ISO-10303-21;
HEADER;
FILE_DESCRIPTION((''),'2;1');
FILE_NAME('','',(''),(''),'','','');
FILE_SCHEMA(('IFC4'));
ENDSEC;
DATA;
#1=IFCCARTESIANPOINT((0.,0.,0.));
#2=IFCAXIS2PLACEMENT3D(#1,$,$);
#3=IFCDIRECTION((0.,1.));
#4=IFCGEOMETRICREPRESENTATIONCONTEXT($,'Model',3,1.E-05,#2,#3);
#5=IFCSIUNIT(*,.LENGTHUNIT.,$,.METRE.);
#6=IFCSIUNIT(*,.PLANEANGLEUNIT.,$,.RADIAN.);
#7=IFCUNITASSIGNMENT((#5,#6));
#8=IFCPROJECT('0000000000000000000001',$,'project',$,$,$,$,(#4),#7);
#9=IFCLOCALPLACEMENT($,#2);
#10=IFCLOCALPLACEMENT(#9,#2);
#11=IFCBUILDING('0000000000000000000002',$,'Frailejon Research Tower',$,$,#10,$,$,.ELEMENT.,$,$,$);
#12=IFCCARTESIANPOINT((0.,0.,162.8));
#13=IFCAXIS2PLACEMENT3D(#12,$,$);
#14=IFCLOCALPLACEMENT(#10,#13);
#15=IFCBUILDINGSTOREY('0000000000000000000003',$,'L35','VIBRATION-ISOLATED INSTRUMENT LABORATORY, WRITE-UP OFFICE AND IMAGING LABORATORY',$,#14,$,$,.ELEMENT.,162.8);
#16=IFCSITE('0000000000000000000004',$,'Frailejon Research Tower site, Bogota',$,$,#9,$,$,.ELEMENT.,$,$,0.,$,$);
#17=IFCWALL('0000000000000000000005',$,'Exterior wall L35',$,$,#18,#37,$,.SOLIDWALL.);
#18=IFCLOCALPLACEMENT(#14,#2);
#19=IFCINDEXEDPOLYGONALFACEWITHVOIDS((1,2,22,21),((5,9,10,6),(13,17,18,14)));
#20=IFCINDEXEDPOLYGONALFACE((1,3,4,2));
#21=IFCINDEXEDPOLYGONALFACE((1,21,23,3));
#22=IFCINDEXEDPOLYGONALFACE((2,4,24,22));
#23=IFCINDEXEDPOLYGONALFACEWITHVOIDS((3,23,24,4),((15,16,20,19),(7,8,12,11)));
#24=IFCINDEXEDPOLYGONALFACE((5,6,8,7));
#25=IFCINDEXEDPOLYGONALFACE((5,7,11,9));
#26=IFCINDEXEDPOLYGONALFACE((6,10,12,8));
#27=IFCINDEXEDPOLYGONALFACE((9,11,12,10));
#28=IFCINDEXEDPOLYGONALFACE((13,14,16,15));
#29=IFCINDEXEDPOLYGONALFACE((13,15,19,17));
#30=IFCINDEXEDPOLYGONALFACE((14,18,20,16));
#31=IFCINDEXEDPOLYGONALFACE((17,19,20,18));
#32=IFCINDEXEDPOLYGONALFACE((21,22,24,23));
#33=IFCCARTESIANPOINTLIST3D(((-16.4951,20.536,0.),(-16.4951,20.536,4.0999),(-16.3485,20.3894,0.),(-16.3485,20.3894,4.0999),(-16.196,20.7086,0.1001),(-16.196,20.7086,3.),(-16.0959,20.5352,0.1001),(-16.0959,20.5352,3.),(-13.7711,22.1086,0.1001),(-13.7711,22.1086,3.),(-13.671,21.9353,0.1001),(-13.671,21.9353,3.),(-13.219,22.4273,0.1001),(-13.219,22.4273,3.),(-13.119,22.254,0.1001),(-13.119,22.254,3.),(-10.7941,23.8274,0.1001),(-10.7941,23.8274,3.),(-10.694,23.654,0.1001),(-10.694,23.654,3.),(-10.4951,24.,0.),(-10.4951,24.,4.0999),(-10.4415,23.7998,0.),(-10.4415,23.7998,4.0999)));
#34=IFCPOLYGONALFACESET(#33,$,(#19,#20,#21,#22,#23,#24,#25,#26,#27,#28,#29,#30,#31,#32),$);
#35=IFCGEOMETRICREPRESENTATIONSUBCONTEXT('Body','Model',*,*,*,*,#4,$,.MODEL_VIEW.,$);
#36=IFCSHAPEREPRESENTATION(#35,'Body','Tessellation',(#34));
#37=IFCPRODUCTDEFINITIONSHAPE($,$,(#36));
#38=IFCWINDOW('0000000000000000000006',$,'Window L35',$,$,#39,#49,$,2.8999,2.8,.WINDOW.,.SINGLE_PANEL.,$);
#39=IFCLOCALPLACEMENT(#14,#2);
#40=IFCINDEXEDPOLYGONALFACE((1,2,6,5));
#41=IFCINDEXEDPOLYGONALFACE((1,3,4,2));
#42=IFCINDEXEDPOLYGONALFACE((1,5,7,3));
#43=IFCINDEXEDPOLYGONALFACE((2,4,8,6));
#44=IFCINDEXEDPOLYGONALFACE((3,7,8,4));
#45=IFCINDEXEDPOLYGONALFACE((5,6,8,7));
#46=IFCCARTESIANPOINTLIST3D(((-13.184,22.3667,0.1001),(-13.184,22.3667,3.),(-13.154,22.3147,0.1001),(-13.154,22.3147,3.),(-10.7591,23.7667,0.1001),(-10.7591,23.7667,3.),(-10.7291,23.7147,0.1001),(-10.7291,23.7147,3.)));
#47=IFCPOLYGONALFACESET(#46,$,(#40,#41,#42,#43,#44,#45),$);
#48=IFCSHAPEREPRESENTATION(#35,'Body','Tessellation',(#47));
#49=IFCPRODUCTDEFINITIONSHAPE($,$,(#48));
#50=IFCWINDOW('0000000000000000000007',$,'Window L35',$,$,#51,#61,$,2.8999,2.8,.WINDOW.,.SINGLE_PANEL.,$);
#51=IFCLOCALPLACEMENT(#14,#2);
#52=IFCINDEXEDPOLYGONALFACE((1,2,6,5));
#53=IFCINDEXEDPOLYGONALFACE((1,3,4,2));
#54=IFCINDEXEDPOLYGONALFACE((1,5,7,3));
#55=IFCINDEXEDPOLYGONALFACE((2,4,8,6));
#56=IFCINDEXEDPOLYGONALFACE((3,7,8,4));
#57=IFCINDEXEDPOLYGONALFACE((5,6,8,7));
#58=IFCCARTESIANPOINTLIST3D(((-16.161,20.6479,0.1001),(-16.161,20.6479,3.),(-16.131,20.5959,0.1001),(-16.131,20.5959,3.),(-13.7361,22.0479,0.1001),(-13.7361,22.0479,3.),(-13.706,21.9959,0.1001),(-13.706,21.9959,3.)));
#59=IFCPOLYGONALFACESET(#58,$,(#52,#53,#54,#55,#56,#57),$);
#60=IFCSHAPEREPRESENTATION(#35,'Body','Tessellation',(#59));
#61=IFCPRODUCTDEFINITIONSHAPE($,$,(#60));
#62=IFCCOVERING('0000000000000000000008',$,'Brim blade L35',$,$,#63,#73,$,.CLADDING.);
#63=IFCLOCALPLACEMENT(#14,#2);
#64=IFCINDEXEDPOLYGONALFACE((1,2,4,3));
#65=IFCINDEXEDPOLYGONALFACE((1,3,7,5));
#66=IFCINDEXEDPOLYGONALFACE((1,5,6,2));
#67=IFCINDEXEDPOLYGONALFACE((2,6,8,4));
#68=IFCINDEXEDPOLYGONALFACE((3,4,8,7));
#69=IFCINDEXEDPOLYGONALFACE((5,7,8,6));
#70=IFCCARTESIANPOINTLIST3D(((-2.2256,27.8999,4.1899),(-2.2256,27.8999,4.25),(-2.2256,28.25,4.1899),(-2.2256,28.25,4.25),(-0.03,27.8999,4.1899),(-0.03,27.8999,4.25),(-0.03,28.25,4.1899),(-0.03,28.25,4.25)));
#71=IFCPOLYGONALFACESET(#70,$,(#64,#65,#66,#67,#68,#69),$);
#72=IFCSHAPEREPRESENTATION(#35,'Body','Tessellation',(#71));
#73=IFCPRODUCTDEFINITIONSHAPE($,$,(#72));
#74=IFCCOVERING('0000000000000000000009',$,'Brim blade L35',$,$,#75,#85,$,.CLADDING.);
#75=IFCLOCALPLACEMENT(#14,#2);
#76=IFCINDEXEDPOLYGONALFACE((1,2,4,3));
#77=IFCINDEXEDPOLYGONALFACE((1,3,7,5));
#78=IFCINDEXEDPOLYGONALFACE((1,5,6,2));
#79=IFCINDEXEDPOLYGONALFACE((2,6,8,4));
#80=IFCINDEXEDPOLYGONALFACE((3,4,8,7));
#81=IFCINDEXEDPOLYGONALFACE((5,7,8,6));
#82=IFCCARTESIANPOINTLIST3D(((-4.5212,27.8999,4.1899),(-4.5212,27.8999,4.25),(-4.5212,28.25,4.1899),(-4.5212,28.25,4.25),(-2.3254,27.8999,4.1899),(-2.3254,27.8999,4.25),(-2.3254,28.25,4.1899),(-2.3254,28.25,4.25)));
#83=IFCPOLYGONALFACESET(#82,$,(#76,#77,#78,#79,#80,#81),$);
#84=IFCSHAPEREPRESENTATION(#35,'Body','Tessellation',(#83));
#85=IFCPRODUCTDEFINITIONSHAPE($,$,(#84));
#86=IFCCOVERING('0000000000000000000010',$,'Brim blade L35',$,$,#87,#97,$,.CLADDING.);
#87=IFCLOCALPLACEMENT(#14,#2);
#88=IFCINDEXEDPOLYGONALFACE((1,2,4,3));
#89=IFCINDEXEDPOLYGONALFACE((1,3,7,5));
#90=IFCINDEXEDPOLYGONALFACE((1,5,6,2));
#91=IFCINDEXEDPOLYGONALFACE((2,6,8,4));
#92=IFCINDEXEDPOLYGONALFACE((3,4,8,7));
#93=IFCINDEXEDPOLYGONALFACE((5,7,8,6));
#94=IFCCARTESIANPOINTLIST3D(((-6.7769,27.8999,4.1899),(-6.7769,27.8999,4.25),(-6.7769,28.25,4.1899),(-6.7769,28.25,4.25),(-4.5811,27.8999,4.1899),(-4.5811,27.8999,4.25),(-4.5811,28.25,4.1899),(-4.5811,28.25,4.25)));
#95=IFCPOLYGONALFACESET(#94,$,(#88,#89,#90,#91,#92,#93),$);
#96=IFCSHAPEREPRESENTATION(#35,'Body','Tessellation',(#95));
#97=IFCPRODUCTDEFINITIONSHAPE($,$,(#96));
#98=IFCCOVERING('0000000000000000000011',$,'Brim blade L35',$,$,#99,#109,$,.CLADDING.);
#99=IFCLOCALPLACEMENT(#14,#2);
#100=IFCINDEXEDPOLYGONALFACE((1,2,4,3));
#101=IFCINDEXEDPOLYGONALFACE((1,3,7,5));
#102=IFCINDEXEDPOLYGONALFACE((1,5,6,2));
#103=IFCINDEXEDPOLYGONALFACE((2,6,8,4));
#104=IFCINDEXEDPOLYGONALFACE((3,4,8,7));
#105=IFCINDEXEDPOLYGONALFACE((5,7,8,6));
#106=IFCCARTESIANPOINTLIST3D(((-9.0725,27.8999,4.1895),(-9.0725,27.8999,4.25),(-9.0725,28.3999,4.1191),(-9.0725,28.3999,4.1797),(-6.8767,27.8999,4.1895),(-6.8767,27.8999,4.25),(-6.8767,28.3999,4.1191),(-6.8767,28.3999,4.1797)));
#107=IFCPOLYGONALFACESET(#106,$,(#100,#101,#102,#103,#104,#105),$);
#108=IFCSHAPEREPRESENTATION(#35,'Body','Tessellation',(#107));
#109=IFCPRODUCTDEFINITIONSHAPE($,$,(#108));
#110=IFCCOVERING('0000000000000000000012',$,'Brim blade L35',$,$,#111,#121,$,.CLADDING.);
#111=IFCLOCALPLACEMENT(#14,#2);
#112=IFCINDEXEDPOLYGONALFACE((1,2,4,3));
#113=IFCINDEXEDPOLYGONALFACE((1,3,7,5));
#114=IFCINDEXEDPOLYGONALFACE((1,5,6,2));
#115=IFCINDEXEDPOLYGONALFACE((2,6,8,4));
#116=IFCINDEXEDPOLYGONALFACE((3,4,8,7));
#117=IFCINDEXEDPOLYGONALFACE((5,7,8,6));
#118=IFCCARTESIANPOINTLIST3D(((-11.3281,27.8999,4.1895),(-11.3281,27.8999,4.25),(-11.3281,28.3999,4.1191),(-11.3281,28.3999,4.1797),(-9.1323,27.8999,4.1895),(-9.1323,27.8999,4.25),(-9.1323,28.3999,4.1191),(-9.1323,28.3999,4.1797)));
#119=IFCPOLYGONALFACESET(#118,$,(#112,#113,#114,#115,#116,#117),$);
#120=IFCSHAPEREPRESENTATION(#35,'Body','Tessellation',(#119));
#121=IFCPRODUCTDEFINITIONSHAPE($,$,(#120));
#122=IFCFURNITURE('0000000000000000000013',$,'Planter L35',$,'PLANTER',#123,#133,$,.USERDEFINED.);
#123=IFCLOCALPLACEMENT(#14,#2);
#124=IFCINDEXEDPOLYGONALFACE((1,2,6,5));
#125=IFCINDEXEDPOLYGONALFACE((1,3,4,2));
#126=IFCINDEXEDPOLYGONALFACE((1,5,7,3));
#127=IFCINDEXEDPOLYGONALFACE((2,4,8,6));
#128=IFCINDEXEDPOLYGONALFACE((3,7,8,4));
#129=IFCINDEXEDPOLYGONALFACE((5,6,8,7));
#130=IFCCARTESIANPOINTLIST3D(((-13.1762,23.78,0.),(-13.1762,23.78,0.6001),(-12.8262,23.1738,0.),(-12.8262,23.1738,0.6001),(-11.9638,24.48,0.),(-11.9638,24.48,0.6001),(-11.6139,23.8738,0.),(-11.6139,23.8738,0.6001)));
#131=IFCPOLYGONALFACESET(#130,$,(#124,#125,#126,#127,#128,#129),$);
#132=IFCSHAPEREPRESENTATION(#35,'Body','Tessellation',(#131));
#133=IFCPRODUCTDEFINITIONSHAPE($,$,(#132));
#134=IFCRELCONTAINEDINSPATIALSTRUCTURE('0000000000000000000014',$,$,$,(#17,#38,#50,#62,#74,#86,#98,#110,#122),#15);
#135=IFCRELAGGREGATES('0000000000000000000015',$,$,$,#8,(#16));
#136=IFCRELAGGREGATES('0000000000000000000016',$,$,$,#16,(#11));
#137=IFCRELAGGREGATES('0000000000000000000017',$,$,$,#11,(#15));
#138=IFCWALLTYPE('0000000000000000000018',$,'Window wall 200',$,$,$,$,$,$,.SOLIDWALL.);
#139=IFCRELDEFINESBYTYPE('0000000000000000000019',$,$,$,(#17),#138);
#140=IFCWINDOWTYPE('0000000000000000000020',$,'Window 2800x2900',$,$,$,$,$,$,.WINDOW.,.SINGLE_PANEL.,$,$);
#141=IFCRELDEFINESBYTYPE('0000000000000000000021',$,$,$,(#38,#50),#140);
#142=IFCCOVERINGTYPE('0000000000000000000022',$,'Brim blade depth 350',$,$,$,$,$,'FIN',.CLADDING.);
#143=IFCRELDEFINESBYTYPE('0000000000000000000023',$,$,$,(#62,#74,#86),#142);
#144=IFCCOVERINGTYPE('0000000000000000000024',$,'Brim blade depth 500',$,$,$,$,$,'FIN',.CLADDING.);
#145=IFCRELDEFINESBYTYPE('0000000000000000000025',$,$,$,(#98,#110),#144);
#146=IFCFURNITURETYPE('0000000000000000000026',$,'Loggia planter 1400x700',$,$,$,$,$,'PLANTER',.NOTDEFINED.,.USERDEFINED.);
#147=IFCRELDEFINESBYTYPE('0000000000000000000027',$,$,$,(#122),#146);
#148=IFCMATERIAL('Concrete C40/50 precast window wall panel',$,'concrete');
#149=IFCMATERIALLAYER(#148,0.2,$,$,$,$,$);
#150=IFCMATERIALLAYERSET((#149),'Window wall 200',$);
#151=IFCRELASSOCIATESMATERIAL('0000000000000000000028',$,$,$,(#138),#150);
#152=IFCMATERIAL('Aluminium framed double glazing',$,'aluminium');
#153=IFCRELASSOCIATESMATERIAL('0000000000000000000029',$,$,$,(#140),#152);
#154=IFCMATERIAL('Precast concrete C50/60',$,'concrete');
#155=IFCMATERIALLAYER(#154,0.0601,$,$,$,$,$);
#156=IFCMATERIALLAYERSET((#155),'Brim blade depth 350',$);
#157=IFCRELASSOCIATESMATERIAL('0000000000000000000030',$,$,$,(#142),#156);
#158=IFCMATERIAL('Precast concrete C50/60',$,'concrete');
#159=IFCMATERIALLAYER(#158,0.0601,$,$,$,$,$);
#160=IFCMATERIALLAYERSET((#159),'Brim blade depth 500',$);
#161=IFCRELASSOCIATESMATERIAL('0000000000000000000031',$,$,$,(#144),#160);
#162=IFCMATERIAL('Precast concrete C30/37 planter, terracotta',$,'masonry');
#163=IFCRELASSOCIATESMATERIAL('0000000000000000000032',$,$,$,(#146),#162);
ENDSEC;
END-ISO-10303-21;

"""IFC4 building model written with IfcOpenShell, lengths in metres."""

from ifc_helpers import new_model, si_unit, direction, frame, frame_2d, origin, origin_2d, place, context, subcontext, project, spatial, polyline, rectangle, outline, extrude, material, layer, layer_set, type_object, element, fill, save


model = new_model("IFC4")

# Units and contexts
model_context = context("Model", 3, precision=1e-05, world=origin(), true_north=direction((0.0, 1.0)))
body_context = subcontext(model_context, "Body", "Model", "MODEL_VIEW")
ifc_project = project(units=[si_unit("LENGTHUNIT", "METRE"), si_unit("PLANEANGLEUNIT", "RADIAN")], contexts=[model_context])

# Site, building, storey
site_placement = place(None, origin())
site = spatial("IfcSite", under=ifc_project, at=site_placement, Name="Frailejon Research Tower site, Bogota", CompositionType="ELEMENT", RefElevation=0.0)
building_placement = place(site_placement, origin())
building = spatial("IfcBuilding", under=site, at=building_placement, Name="Frailejon Research Tower", CompositionType="ELEMENT")
storey_placement = place(building_placement, frame((0.0, 0.0, 162.8)))
storey = spatial("IfcBuildingStorey", under=building, at=storey_placement, Name="L35", Description="VIBRATION-ISOLATED INSTRUMENT LABORATORY, WRITE-UP OFFICE AND IMAGING LABORATORY", CompositionType="ELEMENT", Elevation=162.8)

# Wall, openings, windows
ifc_material_1 = material(Name="Concrete C40/50 precast window wall panel", Category="concrete")
ifc_layer_1 = layer(ifc_material_1, 0.2)
ifc_layer_set_1 = layer_set([ifc_layer_1], Name="Window wall 200")
wall_type = type_object("IfcWallType", Name="Window wall 200", PredefinedType="SOLIDWALL", material=ifc_layer_set_1)
wall_placement = place(storey_placement, frame((-10.4683, 23.8999, 0.0), z_axis=(0.0, 0.0, 1.0), x_axis=(-0.866029, -0.499993, 0.0)))
wall = element("IfcWall", 1, at=wall_placement, inside=storey, type_object=wall_type, Name="Exterior wall L35", PredefinedType="SOLIDWALL", context=body_context, shape_type="SweptSolid", body=[
    extrude(outline(polyline([(-0.0269, -0.1001), (1.1279, -0.1001), (2.2825, -0.1001), (3.4373, -0.1001), (4.592, -0.1001), (5.7466, -0.1001), (6.9014, -0.1001), (6.8477, 0.1001), (5.7109, 0.1001), (4.574, 0.1001), (3.4373, 0.1001), (2.3005, 0.1001), (1.1636, 0.1001), (0.0269, 0.1001), (-0.0269, -0.1001)])), origin(), (0.0, 0.0, 1.0), 4.0999),
])
opening_1_placement = place(wall_placement, frame((0.3186, 0.0, 0.1001)))
opening_1 = element("IfcOpeningElement", 2, at=opening_1_placement, cuts=wall, PredefinedType="OPENING", context=body_context, shape_type="SweptSolid", body=[
    extrude(rectangle(XDim=2.8, YDim=2.8999, at=frame_2d((1.3999, 1.45))), frame((0.0, 0.1099, 0.0), z_axis=(0.0, -1.0, 0.0), x_axis=(1.0, 0.0, 0.0)), (0.0, 0.0, 1.0), 0.22),
])
opening_2_placement = place(wall_placement, frame((3.7561, 0.0, 0.1001)))
opening_2 = element("IfcOpeningElement", 3, at=opening_2_placement, cuts=wall, PredefinedType="OPENING", context=body_context, shape_type="SweptSolid", body=[
    extrude(rectangle(XDim=2.8, YDim=2.8999, at=frame_2d((1.3999, 1.45))), frame((0.0, 0.1099, 0.0), z_axis=(0.0, -1.0, 0.0), x_axis=(1.0, 0.0, 0.0)), (0.0, 0.0, 1.0), 0.22),
])
ifc_material_2 = material(Name="Aluminium framed double glazing", Category="aluminium")
window_type = type_object("IfcWindowType", Name="Window 2800x2900", PartitioningType="SINGLE_PANEL", PredefinedType="WINDOW", material=ifc_material_2)
window_1_placement = place(opening_1_placement, origin())
window_1 = element("IfcWindow", 4, at=window_1_placement, inside=storey, type_object=window_type, Name="Window L35", OverallHeight=2.8999, OverallWidth=2.8, PartitioningType="SINGLE_PANEL", PredefinedType="WINDOW", context=body_context, shape_type="SweptSolid", body=[
    extrude(rectangle(XDim=2.8, YDim=2.8999, at=frame_2d((1.3999, 1.45))), frame((0.0, 0.03, 0.0), z_axis=(0.0, -1.0, 0.0), x_axis=(1.0, 0.0, 0.0)), (0.0, 0.0, 1.0), 0.0601),
])
fill(opening_1, window_1)
window_2_placement = place(opening_2_placement, origin())
window_2 = element("IfcWindow", 5, at=window_2_placement, inside=storey, type_object=window_type, Name="Window L35", OverallHeight=2.8999, OverallWidth=2.8, PartitioningType="SINGLE_PANEL", PredefinedType="WINDOW", context=body_context, shape_type="SweptSolid", body=[
    extrude(rectangle(XDim=2.8, YDim=2.8999, at=frame_2d((1.3999, 1.45))), frame((0.0, 0.03, 0.0), z_axis=(0.0, -1.0, 0.0), x_axis=(1.0, 0.0, 0.0)), (0.0, 0.0, 1.0), 0.0601),
])
fill(opening_2, window_2)

# Coverings
ifc_material_3 = material(Name="Precast concrete C50/60", Category="concrete")
ifc_layer_2 = layer(ifc_material_3, 0.0601)
ifc_layer_set_2 = layer_set([ifc_layer_2], Name="Brim blade depth 350")
covering_type_1 = type_object("IfcCoveringType", Name="Brim blade depth 350", ElementType="FIN", PredefinedType="CLADDING", material=ifc_layer_set_2)
covering_placement = place(storey_placement, frame((-2.2256, 27.8999, 4.25), z_axis=(1.0, 0.0, 0.0), x_axis=(0.0, 1.0, 0.0)))
element("IfcCovering", 6, at=covering_placement, inside=storey, type_object=covering_type_1, Name="Brim blade L35", PredefinedType="CLADDING", context=body_context, shape_type="SweptSolid", body=[
    extrude(outline(polyline([(0.0, -0.0601), (0.3501, -0.0601), (0.3501, 0.0), (0.0, 0.0), (0.0, -0.0601)])), origin(), (0.0, 0.0, 1.0), 2.1956),
])
for number, where, z_axis, x_axis, name in (
    (7, (-4.5212, 27.8999, 4.25), (1.0, 0.0, 0.0), (0.0, 1.0, 0.0), "Brim blade L35"),
    (8, (-6.7769, 27.8999, 4.25), (1.0, 0.0, 0.0), (0.0, 1.0, 0.0), "Brim blade L35"),
):
    element("IfcCovering", number, at=place(storey_placement, frame(where, z_axis=z_axis, x_axis=x_axis)), inside=storey, type_object=covering_type_1, Name=name, PredefinedType="CLADDING", context=body_context, shape_type="SweptSolid", body=[
        extrude(outline(polyline([(0.0, -0.0601), (0.3501, -0.0601), (0.3501, 0.0), (0.0, 0.0), (0.0, -0.0601)])), origin(), (0.0, 0.0, 1.0), 2.1958),
    ])
ifc_material_4 = material(Name="Precast concrete C50/60", Category="concrete")
ifc_layer_3 = layer(ifc_material_4, 0.0601)
ifc_layer_set_3 = layer_set([ifc_layer_3], Name="Brim blade depth 500")
covering_type_2 = type_object("IfcCoveringType", Name="Brim blade depth 500", ElementType="FIN", PredefinedType="CLADDING", material=ifc_layer_set_3)
for number, where, z_axis, x_axis, name in (
    (9, (-9.0725, 27.8999, 4.25), (1.0, 0.0, 0.0), (0.0, 1.0, 0.0), "Brim blade L35"),
    (10, (-11.3281, 27.8999, 4.25), (1.0, 0.0, 0.0), (0.0, 1.0, 0.0), "Brim blade L35"),
):
    element("IfcCovering", number, at=place(storey_placement, frame(where, z_axis=z_axis, x_axis=x_axis)), inside=storey, type_object=covering_type_2, Name=name, PredefinedType="CLADDING", context=body_context, shape_type="SweptSolid", body=[
        extrude(outline(polyline([(0.0, -0.0605), (0.5, -0.1309), (0.5, -0.0703), (0.0, 0.0), (0.0, -0.0605)])), origin(), (0.0, 0.0, 1.0), 2.1958),
    ])

# Furniture
ifc_material_5 = material(Name="Precast concrete C30/37 planter, terracotta", Category="masonry")
furniture_type = type_object("IfcFurnitureType", Name="Loggia planter 1400x700", ElementType="PLANTER", AssemblyPlace="NOTDEFINED", PredefinedType="USERDEFINED", material=ifc_material_5)
furniture_placement = place(storey_placement, frame((-12.395, 23.8269, 0.0), z_axis=(0.0, 0.0, 1.0), x_axis=(-0.866025, -0.5, 0.0)))
element("IfcFurniture", 11, at=furniture_placement, inside=storey, type_object=furniture_type, Name="Planter L35", ObjectType="PLANTER", PredefinedType="USERDEFINED", context=body_context, shape_type="SweptSolid", body=[
    extrude(rectangle(XDim=1.3999, YDim=0.7, at=origin_2d()), origin(), (0.0, 0.0, 1.0), 0.6001),
])

save(model, "model.ifc")
